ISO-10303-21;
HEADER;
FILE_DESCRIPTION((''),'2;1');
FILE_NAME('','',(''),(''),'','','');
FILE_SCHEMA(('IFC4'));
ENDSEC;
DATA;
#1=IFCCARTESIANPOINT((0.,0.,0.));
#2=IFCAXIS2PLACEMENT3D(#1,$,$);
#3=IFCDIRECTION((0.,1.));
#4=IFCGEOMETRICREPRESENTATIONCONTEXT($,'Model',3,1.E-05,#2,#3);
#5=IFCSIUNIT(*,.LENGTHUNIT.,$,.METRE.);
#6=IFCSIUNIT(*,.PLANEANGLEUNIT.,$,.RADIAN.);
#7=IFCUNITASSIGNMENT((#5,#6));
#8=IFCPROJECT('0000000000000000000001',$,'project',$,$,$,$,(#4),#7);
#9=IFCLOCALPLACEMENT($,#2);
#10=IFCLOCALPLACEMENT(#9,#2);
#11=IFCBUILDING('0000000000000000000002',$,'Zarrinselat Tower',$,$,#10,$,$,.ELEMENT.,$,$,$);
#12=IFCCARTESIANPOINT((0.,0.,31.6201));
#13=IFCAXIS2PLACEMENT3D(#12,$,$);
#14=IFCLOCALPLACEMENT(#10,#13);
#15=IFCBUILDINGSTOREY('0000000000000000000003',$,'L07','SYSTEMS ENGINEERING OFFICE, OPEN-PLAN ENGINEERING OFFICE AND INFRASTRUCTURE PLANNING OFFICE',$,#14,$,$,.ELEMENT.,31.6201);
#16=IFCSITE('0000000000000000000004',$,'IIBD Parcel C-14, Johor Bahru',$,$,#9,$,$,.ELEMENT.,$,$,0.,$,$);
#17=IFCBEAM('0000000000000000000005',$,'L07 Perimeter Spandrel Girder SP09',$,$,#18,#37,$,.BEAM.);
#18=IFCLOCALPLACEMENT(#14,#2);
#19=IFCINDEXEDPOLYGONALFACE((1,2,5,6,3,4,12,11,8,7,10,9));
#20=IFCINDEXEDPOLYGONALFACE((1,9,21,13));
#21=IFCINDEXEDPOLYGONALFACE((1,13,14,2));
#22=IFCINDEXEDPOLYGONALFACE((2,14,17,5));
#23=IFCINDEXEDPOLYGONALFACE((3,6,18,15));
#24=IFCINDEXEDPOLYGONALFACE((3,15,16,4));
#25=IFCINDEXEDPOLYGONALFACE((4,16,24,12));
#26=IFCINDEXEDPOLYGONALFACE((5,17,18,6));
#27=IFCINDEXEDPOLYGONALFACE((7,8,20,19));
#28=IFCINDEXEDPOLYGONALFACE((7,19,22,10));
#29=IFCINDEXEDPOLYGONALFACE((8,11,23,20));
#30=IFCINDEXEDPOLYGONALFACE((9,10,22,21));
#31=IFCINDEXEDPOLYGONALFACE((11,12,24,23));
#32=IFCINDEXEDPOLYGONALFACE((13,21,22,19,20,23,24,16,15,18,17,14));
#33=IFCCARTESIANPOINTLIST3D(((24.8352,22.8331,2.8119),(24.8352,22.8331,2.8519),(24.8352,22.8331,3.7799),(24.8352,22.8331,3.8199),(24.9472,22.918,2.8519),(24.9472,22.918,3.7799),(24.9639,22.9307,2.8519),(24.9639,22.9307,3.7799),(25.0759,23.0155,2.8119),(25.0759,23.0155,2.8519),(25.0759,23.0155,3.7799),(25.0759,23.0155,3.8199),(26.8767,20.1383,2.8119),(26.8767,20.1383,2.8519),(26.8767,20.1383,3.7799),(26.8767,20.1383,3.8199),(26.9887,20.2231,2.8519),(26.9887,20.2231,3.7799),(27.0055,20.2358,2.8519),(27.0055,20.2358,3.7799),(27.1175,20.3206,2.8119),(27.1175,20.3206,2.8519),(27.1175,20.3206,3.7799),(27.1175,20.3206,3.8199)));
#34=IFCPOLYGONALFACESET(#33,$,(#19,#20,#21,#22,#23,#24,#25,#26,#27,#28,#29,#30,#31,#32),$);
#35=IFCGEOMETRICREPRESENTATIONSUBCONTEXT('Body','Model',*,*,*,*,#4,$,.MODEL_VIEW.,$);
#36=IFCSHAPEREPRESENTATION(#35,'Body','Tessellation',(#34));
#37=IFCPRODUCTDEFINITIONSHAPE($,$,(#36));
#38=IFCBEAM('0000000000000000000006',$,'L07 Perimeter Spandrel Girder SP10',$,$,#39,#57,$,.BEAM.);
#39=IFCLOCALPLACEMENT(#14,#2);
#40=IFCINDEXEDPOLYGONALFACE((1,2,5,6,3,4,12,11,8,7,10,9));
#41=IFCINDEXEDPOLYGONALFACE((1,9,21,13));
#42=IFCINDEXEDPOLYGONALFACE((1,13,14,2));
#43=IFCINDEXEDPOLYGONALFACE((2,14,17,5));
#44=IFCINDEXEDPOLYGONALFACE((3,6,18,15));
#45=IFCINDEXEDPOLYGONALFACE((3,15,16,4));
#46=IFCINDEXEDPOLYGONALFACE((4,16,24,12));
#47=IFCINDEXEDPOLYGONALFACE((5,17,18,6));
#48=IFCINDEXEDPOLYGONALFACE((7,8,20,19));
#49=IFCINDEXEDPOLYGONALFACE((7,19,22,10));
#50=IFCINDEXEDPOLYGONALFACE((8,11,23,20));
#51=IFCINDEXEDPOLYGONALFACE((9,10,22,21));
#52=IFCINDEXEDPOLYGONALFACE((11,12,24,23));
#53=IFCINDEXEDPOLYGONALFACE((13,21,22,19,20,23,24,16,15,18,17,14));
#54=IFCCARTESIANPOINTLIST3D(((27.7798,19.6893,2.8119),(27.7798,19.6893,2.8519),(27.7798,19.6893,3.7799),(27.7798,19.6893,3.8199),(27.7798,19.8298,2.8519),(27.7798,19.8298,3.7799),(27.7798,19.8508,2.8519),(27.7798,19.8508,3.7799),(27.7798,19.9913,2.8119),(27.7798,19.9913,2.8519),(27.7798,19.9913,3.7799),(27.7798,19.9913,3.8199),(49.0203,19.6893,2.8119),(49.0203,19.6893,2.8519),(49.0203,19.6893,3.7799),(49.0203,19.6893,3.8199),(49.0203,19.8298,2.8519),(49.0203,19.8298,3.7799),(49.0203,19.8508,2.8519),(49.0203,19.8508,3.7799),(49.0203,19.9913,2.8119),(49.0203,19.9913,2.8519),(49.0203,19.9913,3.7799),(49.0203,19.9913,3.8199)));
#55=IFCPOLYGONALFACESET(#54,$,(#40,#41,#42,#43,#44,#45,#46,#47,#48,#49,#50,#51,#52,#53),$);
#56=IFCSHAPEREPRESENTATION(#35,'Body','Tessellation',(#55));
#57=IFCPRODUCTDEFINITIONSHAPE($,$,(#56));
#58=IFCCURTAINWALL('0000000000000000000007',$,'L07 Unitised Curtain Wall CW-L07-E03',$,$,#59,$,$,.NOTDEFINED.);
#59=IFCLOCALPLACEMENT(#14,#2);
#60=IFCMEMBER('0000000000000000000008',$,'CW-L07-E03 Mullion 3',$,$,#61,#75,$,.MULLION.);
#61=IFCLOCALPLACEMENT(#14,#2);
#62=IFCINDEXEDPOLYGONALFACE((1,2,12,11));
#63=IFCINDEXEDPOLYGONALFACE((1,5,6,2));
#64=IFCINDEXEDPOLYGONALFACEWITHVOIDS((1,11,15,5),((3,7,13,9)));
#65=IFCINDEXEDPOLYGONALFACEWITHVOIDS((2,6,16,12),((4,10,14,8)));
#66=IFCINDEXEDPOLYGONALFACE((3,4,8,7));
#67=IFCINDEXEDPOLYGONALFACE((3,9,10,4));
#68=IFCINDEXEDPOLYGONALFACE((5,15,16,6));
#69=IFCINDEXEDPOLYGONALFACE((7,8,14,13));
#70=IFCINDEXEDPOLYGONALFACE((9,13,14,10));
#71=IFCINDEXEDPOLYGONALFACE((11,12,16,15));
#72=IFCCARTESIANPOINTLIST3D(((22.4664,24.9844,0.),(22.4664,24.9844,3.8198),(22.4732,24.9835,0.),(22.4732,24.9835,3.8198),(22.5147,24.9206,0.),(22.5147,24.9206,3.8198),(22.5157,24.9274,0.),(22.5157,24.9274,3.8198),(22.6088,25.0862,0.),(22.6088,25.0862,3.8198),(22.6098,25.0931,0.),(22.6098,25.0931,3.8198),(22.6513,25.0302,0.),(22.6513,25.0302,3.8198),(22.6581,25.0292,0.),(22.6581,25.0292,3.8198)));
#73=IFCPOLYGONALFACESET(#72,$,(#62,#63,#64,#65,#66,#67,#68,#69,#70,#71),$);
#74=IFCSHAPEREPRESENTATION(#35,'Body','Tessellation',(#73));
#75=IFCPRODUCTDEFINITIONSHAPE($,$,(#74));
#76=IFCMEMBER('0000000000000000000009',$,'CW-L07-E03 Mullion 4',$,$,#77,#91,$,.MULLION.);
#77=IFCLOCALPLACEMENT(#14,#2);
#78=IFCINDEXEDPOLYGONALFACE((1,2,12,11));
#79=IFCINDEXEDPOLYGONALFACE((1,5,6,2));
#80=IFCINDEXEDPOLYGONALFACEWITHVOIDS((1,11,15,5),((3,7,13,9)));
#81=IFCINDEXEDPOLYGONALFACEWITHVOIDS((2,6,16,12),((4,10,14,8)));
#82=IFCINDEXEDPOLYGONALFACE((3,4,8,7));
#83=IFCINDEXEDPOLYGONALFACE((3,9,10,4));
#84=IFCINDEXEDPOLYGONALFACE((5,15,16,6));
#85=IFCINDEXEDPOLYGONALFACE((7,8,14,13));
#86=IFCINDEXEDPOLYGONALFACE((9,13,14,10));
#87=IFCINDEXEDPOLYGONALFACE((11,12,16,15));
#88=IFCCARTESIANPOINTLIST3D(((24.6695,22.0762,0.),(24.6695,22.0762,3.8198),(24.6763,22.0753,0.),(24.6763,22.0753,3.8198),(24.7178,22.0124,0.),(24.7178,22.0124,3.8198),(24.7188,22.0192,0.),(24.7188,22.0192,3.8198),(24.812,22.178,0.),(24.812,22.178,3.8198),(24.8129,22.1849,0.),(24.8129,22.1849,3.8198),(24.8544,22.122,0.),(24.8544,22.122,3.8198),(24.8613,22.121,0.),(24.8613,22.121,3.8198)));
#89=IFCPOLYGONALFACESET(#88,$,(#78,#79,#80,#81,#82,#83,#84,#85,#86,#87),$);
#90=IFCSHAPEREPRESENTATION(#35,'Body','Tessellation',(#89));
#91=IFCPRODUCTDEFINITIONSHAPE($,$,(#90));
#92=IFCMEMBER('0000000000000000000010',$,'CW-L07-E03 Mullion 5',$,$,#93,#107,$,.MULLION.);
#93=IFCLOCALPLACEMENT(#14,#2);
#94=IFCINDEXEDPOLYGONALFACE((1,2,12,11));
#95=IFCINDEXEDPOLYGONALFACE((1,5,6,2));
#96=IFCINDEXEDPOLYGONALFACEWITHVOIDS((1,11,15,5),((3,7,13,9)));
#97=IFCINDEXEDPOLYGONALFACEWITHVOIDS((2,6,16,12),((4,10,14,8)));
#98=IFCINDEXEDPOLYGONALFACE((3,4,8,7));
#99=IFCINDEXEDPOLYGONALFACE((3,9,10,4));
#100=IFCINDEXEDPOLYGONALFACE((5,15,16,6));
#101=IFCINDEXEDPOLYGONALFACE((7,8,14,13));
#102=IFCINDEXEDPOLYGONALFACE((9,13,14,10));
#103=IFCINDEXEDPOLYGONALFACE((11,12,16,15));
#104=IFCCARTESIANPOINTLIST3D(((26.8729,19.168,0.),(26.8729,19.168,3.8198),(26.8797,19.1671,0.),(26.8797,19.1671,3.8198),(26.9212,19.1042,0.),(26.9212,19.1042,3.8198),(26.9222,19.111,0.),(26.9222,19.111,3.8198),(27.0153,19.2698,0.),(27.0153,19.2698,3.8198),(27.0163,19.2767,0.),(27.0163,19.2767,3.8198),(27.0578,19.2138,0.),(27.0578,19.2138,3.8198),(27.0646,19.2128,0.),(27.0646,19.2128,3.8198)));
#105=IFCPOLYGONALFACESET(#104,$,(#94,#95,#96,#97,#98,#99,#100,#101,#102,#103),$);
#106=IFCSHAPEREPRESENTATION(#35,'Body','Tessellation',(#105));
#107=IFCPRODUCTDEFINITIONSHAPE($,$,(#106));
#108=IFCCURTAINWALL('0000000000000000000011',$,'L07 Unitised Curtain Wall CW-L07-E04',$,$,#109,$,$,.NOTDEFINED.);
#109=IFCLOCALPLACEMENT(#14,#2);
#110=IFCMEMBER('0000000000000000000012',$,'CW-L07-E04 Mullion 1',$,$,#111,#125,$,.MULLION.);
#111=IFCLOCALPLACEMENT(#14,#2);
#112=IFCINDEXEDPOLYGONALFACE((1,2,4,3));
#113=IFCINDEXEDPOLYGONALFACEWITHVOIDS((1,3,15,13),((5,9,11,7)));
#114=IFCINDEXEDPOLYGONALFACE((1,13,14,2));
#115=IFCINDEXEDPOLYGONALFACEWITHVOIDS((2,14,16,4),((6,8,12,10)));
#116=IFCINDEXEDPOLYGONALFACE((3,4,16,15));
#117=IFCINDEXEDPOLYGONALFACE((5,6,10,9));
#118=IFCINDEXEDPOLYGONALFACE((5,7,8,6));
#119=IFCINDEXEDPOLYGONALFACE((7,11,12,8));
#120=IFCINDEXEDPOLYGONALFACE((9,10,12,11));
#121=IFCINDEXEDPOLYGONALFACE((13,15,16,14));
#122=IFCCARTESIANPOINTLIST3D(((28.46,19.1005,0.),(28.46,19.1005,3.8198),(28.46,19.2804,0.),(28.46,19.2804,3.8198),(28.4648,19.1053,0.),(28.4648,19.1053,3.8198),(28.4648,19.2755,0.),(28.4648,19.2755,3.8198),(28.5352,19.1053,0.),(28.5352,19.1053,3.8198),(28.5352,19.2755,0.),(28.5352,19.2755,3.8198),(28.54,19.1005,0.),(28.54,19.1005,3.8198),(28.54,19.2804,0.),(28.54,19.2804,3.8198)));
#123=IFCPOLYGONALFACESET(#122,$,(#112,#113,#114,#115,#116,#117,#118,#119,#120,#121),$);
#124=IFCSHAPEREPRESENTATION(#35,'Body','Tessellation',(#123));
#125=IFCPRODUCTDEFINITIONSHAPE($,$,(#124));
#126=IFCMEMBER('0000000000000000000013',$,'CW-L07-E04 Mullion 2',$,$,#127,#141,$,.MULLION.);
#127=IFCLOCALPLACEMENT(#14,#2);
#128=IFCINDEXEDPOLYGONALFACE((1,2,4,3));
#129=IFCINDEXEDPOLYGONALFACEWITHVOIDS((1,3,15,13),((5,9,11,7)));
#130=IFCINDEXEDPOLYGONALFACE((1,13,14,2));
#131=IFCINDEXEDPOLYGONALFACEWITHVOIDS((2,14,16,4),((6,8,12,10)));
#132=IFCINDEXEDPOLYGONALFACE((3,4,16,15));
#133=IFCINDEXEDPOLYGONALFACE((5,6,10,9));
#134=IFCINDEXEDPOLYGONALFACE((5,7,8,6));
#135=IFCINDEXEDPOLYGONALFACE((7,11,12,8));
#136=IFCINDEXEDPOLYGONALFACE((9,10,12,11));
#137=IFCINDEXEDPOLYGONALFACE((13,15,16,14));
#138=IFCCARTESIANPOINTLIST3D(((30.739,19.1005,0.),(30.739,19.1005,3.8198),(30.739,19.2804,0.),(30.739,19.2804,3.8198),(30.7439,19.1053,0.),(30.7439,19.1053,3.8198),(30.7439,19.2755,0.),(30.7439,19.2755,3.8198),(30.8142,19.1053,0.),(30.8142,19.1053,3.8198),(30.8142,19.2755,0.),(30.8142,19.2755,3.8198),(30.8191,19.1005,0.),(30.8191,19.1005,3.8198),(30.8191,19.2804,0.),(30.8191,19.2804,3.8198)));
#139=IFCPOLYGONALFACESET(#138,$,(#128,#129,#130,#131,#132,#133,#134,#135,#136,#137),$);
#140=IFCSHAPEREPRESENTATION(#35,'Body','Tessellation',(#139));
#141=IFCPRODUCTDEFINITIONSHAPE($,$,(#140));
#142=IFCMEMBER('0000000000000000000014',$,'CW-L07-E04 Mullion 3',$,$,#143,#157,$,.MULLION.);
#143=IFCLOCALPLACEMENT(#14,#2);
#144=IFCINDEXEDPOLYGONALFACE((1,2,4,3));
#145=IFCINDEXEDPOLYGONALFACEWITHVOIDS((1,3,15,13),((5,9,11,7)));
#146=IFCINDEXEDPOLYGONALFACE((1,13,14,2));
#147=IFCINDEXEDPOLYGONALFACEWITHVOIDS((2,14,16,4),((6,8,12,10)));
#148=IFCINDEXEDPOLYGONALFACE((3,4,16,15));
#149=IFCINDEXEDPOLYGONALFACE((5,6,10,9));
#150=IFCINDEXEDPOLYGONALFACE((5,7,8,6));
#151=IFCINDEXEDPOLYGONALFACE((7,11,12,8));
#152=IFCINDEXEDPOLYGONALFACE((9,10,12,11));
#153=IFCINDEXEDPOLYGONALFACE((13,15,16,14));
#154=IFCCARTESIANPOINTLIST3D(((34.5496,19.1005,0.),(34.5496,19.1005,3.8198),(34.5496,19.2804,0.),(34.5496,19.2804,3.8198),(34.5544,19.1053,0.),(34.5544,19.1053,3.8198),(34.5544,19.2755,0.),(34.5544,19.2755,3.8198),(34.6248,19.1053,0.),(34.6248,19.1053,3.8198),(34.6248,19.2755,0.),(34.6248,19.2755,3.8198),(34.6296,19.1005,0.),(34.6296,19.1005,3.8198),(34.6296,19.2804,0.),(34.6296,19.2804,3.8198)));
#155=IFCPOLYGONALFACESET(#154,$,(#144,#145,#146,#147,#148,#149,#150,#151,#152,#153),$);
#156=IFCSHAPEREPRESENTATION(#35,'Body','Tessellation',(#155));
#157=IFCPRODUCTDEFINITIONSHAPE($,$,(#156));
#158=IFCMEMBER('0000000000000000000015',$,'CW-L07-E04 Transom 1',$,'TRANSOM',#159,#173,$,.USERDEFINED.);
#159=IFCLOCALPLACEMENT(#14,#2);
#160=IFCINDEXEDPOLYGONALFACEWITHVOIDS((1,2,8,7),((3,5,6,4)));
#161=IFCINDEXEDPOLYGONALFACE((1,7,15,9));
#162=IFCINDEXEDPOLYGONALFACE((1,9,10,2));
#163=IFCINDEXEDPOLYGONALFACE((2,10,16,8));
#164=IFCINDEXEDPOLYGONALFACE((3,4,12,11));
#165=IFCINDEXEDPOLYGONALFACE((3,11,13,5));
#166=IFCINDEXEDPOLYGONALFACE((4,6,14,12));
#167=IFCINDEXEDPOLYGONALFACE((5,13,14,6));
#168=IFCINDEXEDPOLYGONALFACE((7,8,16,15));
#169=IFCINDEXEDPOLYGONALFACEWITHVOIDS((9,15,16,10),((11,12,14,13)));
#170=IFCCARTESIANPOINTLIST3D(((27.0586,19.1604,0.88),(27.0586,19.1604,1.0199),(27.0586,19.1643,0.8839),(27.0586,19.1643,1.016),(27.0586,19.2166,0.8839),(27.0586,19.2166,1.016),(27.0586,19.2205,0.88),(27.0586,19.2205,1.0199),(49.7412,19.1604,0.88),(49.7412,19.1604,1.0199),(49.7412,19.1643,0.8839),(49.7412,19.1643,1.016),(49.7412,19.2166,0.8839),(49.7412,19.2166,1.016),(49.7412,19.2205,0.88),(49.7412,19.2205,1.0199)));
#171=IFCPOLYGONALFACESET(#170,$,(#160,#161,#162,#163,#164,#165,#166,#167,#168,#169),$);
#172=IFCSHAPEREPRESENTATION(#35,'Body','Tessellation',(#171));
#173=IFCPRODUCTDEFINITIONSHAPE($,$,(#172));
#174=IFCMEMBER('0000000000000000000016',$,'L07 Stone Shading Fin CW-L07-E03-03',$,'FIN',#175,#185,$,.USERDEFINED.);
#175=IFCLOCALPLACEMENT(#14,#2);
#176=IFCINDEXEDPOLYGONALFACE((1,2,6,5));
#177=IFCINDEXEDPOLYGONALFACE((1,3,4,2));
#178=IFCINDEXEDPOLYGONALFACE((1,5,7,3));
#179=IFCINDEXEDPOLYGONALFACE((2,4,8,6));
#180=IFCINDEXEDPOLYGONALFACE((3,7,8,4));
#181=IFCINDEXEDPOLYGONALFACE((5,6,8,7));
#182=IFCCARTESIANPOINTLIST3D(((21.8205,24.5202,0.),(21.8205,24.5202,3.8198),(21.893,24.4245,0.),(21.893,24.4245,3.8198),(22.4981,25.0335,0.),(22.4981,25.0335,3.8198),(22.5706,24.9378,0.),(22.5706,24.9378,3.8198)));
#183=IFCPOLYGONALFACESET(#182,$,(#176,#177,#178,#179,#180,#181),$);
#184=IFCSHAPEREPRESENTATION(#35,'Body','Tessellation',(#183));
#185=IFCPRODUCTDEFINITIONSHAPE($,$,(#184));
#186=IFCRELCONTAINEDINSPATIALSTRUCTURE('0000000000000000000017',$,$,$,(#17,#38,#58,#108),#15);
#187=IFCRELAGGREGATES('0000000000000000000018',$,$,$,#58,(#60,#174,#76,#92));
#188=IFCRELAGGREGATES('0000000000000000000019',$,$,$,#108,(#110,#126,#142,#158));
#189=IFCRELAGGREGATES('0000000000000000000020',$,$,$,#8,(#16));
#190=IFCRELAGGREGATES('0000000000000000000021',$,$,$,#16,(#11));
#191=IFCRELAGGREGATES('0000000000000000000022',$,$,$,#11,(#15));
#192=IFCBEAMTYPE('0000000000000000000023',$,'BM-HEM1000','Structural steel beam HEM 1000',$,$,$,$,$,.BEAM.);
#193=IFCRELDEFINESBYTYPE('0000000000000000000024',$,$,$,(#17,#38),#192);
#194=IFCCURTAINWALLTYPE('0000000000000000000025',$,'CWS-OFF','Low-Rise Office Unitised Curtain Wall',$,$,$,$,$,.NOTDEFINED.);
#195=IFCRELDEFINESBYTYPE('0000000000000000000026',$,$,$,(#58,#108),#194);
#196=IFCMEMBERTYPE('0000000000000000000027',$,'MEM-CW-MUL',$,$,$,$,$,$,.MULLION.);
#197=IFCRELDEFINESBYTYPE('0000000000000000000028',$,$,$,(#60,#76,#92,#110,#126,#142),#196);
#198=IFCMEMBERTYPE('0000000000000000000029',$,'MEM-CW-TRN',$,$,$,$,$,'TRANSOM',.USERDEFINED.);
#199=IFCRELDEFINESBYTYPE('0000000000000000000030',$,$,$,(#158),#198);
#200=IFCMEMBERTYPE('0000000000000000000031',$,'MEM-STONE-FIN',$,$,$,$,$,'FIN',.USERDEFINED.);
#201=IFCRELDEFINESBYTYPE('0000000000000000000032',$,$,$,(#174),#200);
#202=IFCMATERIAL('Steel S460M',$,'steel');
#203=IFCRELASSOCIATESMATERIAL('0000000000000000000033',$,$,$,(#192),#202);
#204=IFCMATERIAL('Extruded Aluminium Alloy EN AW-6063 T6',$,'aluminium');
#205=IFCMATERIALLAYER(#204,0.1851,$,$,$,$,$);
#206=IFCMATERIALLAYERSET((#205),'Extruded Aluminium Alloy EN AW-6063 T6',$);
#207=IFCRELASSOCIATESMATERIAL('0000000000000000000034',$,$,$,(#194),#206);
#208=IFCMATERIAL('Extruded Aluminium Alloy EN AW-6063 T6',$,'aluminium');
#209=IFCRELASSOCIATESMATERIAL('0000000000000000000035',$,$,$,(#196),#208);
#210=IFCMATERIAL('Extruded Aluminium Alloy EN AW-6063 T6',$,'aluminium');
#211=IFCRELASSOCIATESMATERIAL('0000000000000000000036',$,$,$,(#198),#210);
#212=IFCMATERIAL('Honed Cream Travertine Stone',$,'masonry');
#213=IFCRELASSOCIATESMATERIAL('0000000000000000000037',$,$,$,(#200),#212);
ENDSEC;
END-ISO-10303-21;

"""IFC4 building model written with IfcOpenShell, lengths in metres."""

from ifc_helpers import new_model, si_unit, direction, frame, origin, origin_2d, place, context, subcontext, project, spatial, rectangle, hollow_rectangle, i_section, extrude, material, layer, layer_set, material_profile, profile_set, type_object, element, aggregate, save


model = new_model("IFC4")

# Units and contexts
model_context = context("Model", 3, precision=1e-05, world=origin(), true_north=direction((0.0, 1.0)))
body_context = subcontext(model_context, "Body", "Model", "MODEL_VIEW")
ifc_project = project(units=[si_unit("LENGTHUNIT", "METRE"), si_unit("PLANEANGLEUNIT", "RADIAN")], contexts=[model_context])

# Site, building, storey
site_placement = place(None, origin())
site = spatial("IfcSite", under=ifc_project, at=site_placement, Name="IIBD Parcel C-14, Johor Bahru", CompositionType="ELEMENT", RefElevation=0.0)
building_placement = place(site_placement, origin())
building = spatial("IfcBuilding", under=site, at=building_placement, Name="Zarrinselat Tower", CompositionType="ELEMENT")
storey_placement = place(building_placement, frame((0.0, 0.0, 31.6201)))
storey = spatial("IfcBuildingStorey", under=building, at=storey_placement, Name="L07", Description="SYSTEMS ENGINEERING OFFICE, OPEN-PLAN ENGINEERING OFFICE AND INFRASTRUCTURE PLANNING OFFICE", CompositionType="ELEMENT", Elevation=31.6201)

# Beams
ifc_material_1 = material(Name="Steel S460M", Category="steel")
ifc_material_profile_1 = material_profile(ifc_material_1, i_section(OverallWidth=0.302, OverallDepth=1.0081, WebThickness=0.021, FlangeThickness=0.04, at=origin_2d()), Name="HEM 1000")
ifc_profile_set_1 = profile_set([ifc_material_profile_1], Name="Steel S460M")
beam_type_1 = type_object("IfcBeamType", Name="BM-HEM1000", Description="Structural steel beam HEM 1000", PredefinedType="BEAM", material=ifc_profile_set_1)
for number, where, z_axis, x_axis, name in (
    (1, (24.9556, 22.9243, 3.3159), (0.603852, -0.797096, 0.0), (0.797096, 0.603852, 0.0), "L07 Perimeter Spandrel Girder SP09"),
):
    element("IfcBeam", number, at=place(storey_placement, frame(where, z_axis=z_axis, x_axis=x_axis)), inside=storey, type_object=beam_type_1, Name=name, PredefinedType="BEAM", context=body_context, shape_type="SweptSolid", body=[
        extrude(i_section(OverallWidth=0.302, OverallDepth=1.0081, WebThickness=0.021, FlangeThickness=0.04, at=origin_2d()), origin(), (0.0, 0.0, 1.0), 3.3809),
    ])
beam_1_placement = place(storey_placement, frame((27.7798, 19.8403, 3.3159), z_axis=(1.0, 0.0, 0.0), x_axis=(0.0, 1.0, 0.0)))
element("IfcBeam", 2, at=beam_1_placement, inside=storey, type_object=beam_type_1, Name="L07 Perimeter Spandrel Girder SP10", PredefinedType="BEAM", context=body_context, shape_type="SweptSolid", body=[
    extrude(i_section(OverallWidth=0.302, OverallDepth=1.0081, WebThickness=0.021, FlangeThickness=0.04, at=origin_2d()), origin(), (0.0, 0.0, 1.0), 21.2405),
])

# Curtain walls, members
ifc_material_2 = material(Name="Extruded Aluminium Alloy EN AW-6063 T6", Category="aluminium")
ifc_layer_1 = layer(ifc_material_2, 0.1851)
ifc_layer_set_1 = layer_set([ifc_layer_1], Name="Extruded Aluminium Alloy EN AW-6063 T6")
curtain_wall_type = type_object("IfcCurtainWallType", Name="CWS-OFF", Description="Low-Rise Office Unitised Curtain Wall", PredefinedType="NOTDEFINED", material=ifc_layer_set_1)
curtain_wall_1_placement = place(storey_placement, origin())
curtain_wall_1 = element("IfcCurtainWall", 3, at=curtain_wall_1_placement, inside=storey, type_object=curtain_wall_type, Name="L07 Unitised Curtain Wall CW-L07-E03", PredefinedType="NOTDEFINED")
ifc_material_3 = material(Name="Extruded Aluminium Alloy EN AW-6063 T6", Category="aluminium")
ifc_material_profile_2 = material_profile(ifc_material_3, hollow_rectangle(XDim=0.0801, YDim=0.1799, WallThickness=0.0049, at=origin_2d()), Name="RHS 180x80x5")
ifc_profile_set_2 = profile_set([ifc_material_profile_2], Name="Extruded Aluminium Alloy EN AW-6063 T6")
member_type_1 = type_object("IfcMemberType", Name="MEM-CW-MUL", PredefinedType="MULLION", material=ifc_profile_set_2)
member_1_placement = place(storey_placement, frame((22.5623, 25.0068, 0.0), z_axis=(0.0, 0.0, 1.0), x_axis=(0.603858, -0.797092, 0.0)))
member_1 = element("IfcMember", 4, at=member_1_placement, type_object=member_type_1, Name="CW-L07-E03 Mullion 3", PredefinedType="MULLION", context=body_context, shape_type="SweptSolid", body=[
    extrude(hollow_rectangle(XDim=0.0801, YDim=0.1799, WallThickness=0.0049, at=origin_2d()), origin(), (0.0, 0.0, 1.0), 3.8198),
])
member_2_placement = place(storey_placement, frame((24.7654, 22.0986, 0.0), z_axis=(0.0, 0.0, 1.0), x_axis=(0.603858, -0.797092, 0.0)))
member_2 = element("IfcMember", 5, at=member_2_placement, type_object=member_type_1, Name="CW-L07-E03 Mullion 4", PredefinedType="MULLION", context=body_context, shape_type="SweptSolid", body=[
    extrude(hollow_rectangle(XDim=0.0801, YDim=0.1799, WallThickness=0.0049, at=origin_2d()), origin(), (0.0, 0.0, 1.0), 3.8198),
])
member_3_placement = place(storey_placement, frame((26.9688, 19.1904, 0.0), z_axis=(0.0, 0.0, 1.0), x_axis=(0.603858, -0.797092, 0.0)))
member_3 = element("IfcMember", 6, at=member_3_placement, type_object=member_type_1, Name="CW-L07-E03 Mullion 5", PredefinedType="MULLION", context=body_context, shape_type="SweptSolid", body=[
    extrude(hollow_rectangle(XDim=0.0801, YDim=0.1799, WallThickness=0.0049, at=origin_2d()), origin(), (0.0, 0.0, 1.0), 3.8198),
])
curtain_wall_2_placement = place(storey_placement, origin())
curtain_wall_2 = element("IfcCurtainWall", 7, at=curtain_wall_2_placement, inside=storey, type_object=curtain_wall_type, Name="L07 Unitised Curtain Wall CW-L07-E04", PredefinedType="NOTDEFINED")
member_4_placement = place(storey_placement, frame((28.5, 19.1904, 0.0), z_axis=(0.0, 0.0, 1.0), x_axis=(1.0, 0.0, 0.0)))
member_4 = element("IfcMember", 8, at=member_4_placement, type_object=member_type_1, Name="CW-L07-E04 Mullion 1", PredefinedType="MULLION", context=body_context, shape_type="SweptSolid", body=[
    extrude(hollow_rectangle(XDim=0.0801, YDim=0.1799, WallThickness=0.0049, at=origin_2d()), origin(), (0.0, 0.0, 1.0), 3.8198),
])
member_5_placement = place(storey_placement, frame((30.7791, 19.1904, 0.0), z_axis=(0.0, 0.0, 1.0), x_axis=(1.0, 0.0, 0.0)))
member_5 = element("IfcMember", 9, at=member_5_placement, type_object=member_type_1, Name="CW-L07-E04 Mullion 2", PredefinedType="MULLION", context=body_context, shape_type="SweptSolid", body=[
    extrude(hollow_rectangle(XDim=0.0801, YDim=0.1799, WallThickness=0.0049, at=origin_2d()), origin(), (0.0, 0.0, 1.0), 3.8198),
])
member_6_placement = place(storey_placement, frame((34.5896, 19.1904, 0.0), z_axis=(0.0, 0.0, 1.0), x_axis=(1.0, 0.0, 0.0)))
member_6 = element("IfcMember", 10, at=member_6_placement, type_object=member_type_1, Name="CW-L07-E04 Mullion 3", PredefinedType="MULLION", context=body_context, shape_type="SweptSolid", body=[
    extrude(hollow_rectangle(XDim=0.0801, YDim=0.1799, WallThickness=0.0049, at=origin_2d()), origin(), (0.0, 0.0, 1.0), 3.8198),
])
ifc_material_4 = material(Name="Extruded Aluminium Alloy EN AW-6063 T6", Category="aluminium")
ifc_material_profile_3 = material_profile(ifc_material_4, hollow_rectangle(XDim=0.0601, YDim=0.1399, WallThickness=0.0039, at=origin_2d()), Name="RHS 140x60x4")
ifc_profile_set_3 = profile_set([ifc_material_profile_3], Name="Extruded Aluminium Alloy EN AW-6063 T6")
member_type_2 = type_object("IfcMemberType", Name="MEM-CW-TRN", ElementType="TRANSOM", PredefinedType="USERDEFINED", material=ifc_profile_set_3)
member_7_placement = place(storey_placement, frame((27.0586, 19.1904, 0.95), z_axis=(1.0, 0.0, 0.0), x_axis=(0.0, 1.0, 0.0)))
member_7 = element("IfcMember", 11, at=member_7_placement, type_object=member_type_2, Name="CW-L07-E04 Transom 1", ObjectType="TRANSOM", PredefinedType="USERDEFINED", context=body_context, shape_type="SweptSolid", body=[
    extrude(hollow_rectangle(XDim=0.0601, YDim=0.1399, WallThickness=0.0039, at=origin_2d()), origin(), (0.0, 0.0, 1.0), 22.6826),
])

# Member
ifc_material_5 = material(Name="Honed Cream Travertine Stone", Category="masonry")
ifc_material_profile_4 = material_profile(ifc_material_5, rectangle(XDim=0.1201, YDim=0.8501, at=origin_2d()), Name="FIN 850x120")
ifc_profile_set_4 = profile_set([ifc_material_profile_4], Name="Honed Cream Travertine Stone")
member_type_3 = type_object("IfcMemberType", Name="MEM-STONE-FIN", ElementType="FIN", PredefinedType="USERDEFINED", material=ifc_profile_set_4)
member_8_placement = place(storey_placement, frame((22.1956, 24.729, 0.0), z_axis=(0.0, 0.0, 1.0), x_axis=(-0.603858, 0.797092, 0.0)))
member_8 = element("IfcMember", 12, at=member_8_placement, type_object=member_type_3, Name="L07 Stone Shading Fin CW-L07-E03-03", ObjectType="FIN", PredefinedType="USERDEFINED", context=body_context, shape_type="SweptSolid", body=[
    extrude(rectangle(XDim=0.1201, YDim=0.8501, at=origin_2d()), origin(), (0.0, 0.0, 1.0), 3.8198),
])

aggregate(curtain_wall_1, [member_1, member_8, member_2, member_3])
aggregate(curtain_wall_2, [member_4, member_5, member_6, member_7])

save(model, "model.ifc")
